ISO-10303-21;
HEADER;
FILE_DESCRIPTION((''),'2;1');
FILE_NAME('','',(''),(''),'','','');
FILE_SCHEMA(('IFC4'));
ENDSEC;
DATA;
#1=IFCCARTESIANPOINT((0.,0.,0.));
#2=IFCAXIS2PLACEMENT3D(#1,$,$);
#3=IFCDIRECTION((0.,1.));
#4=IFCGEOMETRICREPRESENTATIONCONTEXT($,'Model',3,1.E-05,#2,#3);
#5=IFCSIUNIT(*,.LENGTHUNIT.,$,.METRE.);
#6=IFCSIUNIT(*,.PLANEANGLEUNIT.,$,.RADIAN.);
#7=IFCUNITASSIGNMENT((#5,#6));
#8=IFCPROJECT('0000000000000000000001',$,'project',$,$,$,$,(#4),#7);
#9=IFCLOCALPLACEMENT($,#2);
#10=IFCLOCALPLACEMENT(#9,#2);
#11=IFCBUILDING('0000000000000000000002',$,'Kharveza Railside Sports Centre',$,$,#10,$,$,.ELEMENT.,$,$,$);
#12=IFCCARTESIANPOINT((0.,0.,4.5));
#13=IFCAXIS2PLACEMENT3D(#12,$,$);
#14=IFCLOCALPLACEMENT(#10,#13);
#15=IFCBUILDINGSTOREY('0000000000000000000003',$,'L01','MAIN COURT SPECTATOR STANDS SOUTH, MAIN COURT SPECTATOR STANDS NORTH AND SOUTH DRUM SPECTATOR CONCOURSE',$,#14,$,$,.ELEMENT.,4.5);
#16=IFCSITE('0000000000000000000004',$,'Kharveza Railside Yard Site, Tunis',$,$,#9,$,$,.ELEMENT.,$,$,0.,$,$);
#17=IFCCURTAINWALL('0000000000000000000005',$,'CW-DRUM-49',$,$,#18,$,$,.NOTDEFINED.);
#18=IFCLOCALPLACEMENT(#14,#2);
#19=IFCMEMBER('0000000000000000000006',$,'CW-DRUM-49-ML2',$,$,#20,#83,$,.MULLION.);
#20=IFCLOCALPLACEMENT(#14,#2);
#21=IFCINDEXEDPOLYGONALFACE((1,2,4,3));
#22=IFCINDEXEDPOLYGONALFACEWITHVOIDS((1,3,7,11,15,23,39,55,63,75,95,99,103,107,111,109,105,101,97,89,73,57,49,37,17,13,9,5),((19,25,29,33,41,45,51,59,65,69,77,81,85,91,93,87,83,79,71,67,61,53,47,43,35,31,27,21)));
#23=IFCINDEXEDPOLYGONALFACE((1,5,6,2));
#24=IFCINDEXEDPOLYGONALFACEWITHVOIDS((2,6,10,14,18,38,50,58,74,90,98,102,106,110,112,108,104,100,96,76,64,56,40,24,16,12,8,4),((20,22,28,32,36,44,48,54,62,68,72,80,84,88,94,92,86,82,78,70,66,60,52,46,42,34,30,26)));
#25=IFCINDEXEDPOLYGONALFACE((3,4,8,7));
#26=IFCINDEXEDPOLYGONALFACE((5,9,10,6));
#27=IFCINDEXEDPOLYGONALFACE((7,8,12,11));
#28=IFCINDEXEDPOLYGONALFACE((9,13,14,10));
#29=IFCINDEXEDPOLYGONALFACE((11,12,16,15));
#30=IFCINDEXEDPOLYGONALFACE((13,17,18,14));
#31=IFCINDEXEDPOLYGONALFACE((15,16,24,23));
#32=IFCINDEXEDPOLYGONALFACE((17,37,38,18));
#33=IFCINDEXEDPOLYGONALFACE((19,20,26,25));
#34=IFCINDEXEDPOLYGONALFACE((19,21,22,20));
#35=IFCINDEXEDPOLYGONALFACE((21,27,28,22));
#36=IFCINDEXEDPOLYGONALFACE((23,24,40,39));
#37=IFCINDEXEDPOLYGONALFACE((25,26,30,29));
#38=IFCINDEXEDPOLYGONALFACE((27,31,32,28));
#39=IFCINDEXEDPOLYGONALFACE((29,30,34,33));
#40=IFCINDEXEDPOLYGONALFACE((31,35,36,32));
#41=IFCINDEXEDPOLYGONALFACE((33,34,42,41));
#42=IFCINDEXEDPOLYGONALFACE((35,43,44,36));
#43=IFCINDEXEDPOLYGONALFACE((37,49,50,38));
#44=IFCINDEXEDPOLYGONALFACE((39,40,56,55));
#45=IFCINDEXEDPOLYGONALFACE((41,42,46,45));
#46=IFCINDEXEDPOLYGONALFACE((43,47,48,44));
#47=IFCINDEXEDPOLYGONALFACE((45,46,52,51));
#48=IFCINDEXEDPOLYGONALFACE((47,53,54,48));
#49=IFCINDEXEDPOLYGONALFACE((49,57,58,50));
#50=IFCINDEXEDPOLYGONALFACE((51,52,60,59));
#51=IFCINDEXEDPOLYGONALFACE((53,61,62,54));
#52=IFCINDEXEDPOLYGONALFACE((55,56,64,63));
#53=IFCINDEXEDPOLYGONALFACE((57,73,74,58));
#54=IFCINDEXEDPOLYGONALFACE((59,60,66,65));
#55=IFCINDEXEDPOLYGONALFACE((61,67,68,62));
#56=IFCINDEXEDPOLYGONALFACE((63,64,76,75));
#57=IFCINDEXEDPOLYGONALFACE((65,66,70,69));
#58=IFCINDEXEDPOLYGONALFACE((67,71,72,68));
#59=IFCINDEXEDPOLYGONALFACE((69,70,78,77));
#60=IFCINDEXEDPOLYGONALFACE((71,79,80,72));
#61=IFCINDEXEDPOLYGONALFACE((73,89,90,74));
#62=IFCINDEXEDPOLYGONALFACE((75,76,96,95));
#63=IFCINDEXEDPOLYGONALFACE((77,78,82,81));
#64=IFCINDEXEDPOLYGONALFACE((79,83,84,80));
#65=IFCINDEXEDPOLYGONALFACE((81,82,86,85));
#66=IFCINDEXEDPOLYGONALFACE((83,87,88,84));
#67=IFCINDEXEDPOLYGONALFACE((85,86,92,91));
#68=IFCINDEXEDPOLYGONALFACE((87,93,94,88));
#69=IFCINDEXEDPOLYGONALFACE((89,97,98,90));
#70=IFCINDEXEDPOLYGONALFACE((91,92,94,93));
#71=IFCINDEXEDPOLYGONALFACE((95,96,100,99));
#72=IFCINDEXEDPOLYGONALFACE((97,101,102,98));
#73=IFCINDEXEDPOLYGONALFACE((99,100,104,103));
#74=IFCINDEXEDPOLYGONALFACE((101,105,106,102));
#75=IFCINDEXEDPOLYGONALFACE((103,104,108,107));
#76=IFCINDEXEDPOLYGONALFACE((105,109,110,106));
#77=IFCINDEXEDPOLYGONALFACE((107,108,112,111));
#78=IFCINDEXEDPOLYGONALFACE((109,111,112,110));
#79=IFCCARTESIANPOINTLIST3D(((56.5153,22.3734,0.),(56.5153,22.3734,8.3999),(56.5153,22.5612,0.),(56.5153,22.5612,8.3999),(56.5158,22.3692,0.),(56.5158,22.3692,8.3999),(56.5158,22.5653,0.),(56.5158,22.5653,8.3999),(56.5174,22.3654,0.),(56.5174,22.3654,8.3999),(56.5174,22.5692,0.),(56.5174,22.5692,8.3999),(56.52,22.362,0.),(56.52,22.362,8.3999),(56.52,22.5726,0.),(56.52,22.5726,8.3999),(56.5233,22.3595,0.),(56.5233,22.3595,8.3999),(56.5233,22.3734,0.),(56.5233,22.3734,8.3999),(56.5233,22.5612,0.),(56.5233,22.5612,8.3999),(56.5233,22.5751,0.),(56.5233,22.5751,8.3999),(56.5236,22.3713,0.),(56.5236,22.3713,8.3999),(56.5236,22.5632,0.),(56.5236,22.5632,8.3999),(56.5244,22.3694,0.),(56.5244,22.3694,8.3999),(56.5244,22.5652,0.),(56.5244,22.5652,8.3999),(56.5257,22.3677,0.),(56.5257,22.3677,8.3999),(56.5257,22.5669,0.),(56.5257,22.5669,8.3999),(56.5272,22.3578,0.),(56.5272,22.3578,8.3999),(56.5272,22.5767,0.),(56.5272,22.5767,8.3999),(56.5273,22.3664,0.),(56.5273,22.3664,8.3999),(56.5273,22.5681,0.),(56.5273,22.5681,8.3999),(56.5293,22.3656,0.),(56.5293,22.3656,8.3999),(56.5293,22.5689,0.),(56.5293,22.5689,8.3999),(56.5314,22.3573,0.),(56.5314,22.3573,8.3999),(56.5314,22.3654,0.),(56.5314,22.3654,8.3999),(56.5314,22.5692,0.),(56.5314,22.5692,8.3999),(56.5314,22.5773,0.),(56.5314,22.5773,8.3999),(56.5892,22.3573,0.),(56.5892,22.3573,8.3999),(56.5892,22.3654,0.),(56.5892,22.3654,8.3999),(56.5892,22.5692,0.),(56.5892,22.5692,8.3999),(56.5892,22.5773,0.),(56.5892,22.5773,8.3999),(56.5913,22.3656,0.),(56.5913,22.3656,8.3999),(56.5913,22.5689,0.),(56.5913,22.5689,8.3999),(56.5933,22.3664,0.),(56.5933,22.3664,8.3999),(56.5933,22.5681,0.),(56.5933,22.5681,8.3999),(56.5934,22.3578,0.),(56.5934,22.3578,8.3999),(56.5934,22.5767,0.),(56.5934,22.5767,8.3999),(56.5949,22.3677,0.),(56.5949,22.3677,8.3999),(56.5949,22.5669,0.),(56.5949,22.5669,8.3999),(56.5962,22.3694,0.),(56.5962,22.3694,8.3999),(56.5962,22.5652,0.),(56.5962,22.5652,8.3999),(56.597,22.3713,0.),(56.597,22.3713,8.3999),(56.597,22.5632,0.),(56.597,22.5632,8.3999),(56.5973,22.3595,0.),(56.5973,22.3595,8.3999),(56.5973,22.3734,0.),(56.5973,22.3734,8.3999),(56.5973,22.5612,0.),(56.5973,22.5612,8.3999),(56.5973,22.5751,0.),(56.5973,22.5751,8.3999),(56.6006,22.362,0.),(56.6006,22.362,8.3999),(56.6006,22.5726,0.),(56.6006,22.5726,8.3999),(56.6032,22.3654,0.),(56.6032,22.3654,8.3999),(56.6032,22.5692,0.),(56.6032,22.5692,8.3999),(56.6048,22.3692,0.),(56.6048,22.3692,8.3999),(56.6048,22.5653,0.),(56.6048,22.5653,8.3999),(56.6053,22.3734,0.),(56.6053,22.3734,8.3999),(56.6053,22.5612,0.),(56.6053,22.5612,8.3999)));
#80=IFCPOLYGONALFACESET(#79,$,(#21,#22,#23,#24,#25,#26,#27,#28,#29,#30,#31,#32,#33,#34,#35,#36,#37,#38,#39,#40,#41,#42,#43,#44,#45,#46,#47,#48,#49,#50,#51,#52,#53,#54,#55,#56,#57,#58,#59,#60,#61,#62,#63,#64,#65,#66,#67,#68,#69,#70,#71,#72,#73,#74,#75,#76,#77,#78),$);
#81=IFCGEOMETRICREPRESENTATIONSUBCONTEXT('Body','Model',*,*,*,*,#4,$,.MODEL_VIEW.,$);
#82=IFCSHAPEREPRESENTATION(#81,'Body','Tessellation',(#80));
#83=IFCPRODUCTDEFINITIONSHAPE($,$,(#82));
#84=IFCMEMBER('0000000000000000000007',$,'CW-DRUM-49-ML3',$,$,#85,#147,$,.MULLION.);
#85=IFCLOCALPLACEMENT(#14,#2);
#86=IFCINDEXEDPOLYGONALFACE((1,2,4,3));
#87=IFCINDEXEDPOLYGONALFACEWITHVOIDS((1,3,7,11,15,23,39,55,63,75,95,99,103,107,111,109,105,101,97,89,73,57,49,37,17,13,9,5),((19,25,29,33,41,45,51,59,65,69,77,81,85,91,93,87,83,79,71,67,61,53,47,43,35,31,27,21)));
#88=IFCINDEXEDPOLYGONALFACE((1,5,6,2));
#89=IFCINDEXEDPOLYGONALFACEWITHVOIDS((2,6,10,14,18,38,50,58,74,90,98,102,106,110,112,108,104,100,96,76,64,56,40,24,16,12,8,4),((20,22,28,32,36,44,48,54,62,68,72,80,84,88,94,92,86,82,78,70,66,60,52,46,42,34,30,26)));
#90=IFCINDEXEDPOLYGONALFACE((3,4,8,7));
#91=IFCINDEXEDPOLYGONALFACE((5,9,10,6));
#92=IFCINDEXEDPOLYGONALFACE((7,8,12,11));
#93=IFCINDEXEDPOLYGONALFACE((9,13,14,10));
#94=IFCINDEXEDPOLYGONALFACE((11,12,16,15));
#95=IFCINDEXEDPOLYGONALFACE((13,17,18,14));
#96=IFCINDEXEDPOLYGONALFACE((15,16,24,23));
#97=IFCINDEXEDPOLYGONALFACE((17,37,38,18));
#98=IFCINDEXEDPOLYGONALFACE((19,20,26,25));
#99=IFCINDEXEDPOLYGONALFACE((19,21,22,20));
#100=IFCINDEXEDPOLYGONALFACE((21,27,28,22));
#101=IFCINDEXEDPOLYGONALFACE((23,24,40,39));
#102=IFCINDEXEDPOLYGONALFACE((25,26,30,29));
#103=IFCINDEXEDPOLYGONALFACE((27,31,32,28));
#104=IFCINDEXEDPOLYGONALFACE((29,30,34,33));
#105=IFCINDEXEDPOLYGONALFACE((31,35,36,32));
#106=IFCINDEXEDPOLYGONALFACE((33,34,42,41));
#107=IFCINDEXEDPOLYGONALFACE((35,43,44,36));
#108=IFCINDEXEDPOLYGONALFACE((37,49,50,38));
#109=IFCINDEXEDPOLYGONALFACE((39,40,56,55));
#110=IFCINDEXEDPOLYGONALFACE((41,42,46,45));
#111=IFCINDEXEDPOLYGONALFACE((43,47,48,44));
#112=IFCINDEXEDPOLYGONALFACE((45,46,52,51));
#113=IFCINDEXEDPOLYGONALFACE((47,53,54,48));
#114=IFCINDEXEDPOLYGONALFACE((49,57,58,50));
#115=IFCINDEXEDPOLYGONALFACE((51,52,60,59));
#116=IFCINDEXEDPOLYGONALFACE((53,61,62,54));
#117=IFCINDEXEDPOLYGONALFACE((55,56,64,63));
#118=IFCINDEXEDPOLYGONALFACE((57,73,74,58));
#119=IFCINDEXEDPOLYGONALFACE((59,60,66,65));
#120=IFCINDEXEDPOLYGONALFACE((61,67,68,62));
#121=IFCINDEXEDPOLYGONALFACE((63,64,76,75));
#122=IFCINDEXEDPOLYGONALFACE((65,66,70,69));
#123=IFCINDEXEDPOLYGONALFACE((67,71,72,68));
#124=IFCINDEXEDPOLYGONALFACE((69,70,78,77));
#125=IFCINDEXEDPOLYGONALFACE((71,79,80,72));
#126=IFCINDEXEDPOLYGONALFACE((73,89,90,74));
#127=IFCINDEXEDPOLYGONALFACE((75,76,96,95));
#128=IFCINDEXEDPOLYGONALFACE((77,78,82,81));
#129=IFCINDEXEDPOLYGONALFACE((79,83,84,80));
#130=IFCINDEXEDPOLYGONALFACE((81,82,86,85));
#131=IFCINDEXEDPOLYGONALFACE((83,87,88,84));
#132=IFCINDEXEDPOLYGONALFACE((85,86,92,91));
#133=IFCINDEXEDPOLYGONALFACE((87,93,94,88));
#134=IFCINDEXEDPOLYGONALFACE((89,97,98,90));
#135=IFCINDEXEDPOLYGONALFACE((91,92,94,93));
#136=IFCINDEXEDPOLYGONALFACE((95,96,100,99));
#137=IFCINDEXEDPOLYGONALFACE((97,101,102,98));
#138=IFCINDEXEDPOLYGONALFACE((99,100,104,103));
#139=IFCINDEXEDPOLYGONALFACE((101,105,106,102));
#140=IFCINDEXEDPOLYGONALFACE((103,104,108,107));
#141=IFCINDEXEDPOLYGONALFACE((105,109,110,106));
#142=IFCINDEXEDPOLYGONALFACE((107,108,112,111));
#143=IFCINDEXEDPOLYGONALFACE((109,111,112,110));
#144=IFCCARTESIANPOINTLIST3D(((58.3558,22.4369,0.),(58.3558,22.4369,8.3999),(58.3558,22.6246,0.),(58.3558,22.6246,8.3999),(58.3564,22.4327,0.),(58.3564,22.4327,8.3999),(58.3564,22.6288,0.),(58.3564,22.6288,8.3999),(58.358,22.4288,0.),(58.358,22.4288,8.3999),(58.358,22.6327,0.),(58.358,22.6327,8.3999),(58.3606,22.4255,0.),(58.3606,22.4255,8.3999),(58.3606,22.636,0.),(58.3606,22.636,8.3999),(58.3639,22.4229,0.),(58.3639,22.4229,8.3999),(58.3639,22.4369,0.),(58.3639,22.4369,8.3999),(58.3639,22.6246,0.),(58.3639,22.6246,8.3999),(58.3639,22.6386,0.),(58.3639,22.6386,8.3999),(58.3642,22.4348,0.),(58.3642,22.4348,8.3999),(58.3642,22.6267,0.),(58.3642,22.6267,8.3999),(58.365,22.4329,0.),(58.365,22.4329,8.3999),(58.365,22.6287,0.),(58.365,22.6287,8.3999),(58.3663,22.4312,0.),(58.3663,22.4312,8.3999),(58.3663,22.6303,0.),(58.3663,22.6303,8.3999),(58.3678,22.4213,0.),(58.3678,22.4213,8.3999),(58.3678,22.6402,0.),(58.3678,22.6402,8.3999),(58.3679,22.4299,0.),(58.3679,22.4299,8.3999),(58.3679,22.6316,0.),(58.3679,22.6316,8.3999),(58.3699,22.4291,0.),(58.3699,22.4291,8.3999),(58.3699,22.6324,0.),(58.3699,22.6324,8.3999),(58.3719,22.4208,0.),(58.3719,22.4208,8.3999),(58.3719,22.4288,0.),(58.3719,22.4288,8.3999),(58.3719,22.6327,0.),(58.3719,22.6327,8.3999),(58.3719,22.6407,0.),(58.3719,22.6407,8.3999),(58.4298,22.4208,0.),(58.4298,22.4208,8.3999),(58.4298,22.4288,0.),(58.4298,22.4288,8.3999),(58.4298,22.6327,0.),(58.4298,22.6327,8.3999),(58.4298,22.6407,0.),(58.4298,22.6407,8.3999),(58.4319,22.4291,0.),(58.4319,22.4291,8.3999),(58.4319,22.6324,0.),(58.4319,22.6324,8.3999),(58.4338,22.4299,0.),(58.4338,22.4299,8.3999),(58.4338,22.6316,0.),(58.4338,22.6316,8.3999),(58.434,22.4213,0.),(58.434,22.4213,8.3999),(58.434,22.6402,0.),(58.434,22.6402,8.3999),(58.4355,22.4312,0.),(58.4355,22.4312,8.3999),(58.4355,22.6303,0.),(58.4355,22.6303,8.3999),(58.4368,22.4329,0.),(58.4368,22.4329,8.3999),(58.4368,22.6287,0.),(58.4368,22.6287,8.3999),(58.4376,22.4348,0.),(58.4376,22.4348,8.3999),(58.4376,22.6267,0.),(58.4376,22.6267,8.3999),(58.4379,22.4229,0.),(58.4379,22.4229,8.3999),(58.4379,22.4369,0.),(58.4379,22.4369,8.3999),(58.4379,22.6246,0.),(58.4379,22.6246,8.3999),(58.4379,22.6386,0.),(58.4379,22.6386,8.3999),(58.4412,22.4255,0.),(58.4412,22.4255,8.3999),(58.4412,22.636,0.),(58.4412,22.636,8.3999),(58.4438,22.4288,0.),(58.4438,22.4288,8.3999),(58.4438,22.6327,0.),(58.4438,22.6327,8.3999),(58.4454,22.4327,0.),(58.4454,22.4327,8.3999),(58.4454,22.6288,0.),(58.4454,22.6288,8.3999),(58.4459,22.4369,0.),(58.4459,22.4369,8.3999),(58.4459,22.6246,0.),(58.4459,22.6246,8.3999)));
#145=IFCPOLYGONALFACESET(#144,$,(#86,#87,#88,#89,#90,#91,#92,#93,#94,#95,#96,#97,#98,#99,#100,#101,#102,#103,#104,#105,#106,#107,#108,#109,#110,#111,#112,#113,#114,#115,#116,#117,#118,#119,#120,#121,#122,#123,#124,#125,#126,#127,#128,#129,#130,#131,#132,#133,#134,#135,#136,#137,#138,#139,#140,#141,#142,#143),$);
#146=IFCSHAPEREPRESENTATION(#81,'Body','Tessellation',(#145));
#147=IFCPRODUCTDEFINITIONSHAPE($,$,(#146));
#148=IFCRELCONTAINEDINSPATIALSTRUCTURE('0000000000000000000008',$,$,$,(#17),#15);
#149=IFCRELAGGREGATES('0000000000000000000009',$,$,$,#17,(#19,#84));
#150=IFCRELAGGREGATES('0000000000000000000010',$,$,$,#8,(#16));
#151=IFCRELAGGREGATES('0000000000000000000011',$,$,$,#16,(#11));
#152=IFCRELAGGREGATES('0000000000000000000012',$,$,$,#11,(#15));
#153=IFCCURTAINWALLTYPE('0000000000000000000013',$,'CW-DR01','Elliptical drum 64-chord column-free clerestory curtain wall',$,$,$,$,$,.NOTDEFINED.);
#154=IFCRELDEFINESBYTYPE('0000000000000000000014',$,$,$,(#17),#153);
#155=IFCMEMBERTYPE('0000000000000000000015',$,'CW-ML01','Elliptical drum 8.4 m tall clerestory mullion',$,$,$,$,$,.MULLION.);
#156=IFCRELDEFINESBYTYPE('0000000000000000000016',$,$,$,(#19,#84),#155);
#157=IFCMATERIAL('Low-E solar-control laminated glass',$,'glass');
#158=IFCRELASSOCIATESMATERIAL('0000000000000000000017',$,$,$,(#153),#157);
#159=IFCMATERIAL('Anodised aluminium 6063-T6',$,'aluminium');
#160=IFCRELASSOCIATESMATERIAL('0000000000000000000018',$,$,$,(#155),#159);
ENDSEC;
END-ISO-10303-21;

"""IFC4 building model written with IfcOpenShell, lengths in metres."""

from ifc_helpers import new_model, si_unit, direction, frame, origin, origin_2d, place, context, subcontext, project, spatial, hollow_rectangle, extrude, material, material_profile, profile_set, type_object, element, aggregate, save


model = new_model("IFC4")

# Units and contexts
model_context = context("Model", 3, precision=1e-05, world=origin(), true_north=direction((0.0, 1.0)))
body_context = subcontext(model_context, "Body", "Model", "MODEL_VIEW")
ifc_project = project(units=[si_unit("LENGTHUNIT", "METRE"), si_unit("PLANEANGLEUNIT", "RADIAN")], contexts=[model_context])

# Site, building, storey
site_placement = place(None, origin())
site = spatial("IfcSite", under=ifc_project, at=site_placement, Name="Kharveza Railside Yard Site, Tunis", CompositionType="ELEMENT", RefElevation=0.0)
building_placement = place(site_placement, origin())
building = spatial("IfcBuilding", under=site, at=building_placement, Name="Kharveza Railside Sports Centre", CompositionType="ELEMENT")
storey_placement = place(building_placement, frame((0.0, 0.0, 4.5)))
storey = spatial("IfcBuildingStorey", under=building, at=storey_placement, Name="L01", Description="MAIN COURT SPECTATOR STANDS SOUTH, MAIN COURT SPECTATOR STANDS NORTH AND SOUTH DRUM SPECTATOR CONCOURSE", CompositionType="ELEMENT", Elevation=4.5)

# Shared definitions
ifc_material_1 = material(Name="Low-E solar-control laminated glass", Category="glass")
curtain_wall_type = type_object("IfcCurtainWallType", Name="CW-DR01", Description="Elliptical drum 64-chord column-free clerestory curtain wall", PredefinedType="NOTDEFINED", material=ifc_material_1)
ifc_material_2 = material(Name="Anodised aluminium 6063-T6", Category="aluminium")
ifc_material_profile_1 = material_profile(ifc_material_2, hollow_rectangle(XDim=0.0901, YDim=0.22, WallThickness=0.0081, InnerFilletRadius=0.0081, OuterFilletRadius=0.0161, at=origin_2d()), Name="RHS 90x220x8.0")
ifc_profile_set_1 = profile_set([ifc_material_profile_1], Name="Anodised aluminium 6063-T6")
member_type_1 = type_object("IfcMemberType", Name="CW-ML01", Description="Elliptical drum 8.4 m tall clerestory mullion", PredefinedType="MULLION", material=ifc_profile_set_1)

# Curtain wall, members
curtain_wall_1_placement = place(storey_placement, origin())
curtain_wall_1 = element("IfcCurtainWall", 1, at=curtain_wall_1_placement, inside=storey, type_object=curtain_wall_type, Name="CW-DRUM-49", PredefinedType="NOTDEFINED")
member_1_placement = place(storey_placement, frame((56.5603, 22.4673, 0.0), z_axis=(0.0, 0.0, 1.0), x_axis=(1.0, 0.0, 0.0)))
member_1 = element("IfcMember", 2, at=member_1_placement, type_object=member_type_1, Name="CW-DRUM-49-ML2", PredefinedType="MULLION", context=body_context, shape_type="SweptSolid", body=[
    extrude(hollow_rectangle(XDim=0.0901, YDim=0.22, WallThickness=0.0081, InnerFilletRadius=0.0081, OuterFilletRadius=0.0161, at=origin_2d()), origin(), (0.0, 0.0, 1.0), 8.3999),
])
member_2_placement = place(storey_placement, frame((58.4009, 22.5308, 0.0), z_axis=(0.0, 0.0, 1.0), x_axis=(1.0, 0.0, 0.0)))
member_2 = element("IfcMember", 3, at=member_2_placement, type_object=member_type_1, Name="CW-DRUM-49-ML3", PredefinedType="MULLION", context=body_context, shape_type="SweptSolid", body=[
    extrude(hollow_rectangle(XDim=0.0901, YDim=0.22, WallThickness=0.0081, InnerFilletRadius=0.0081, OuterFilletRadius=0.0161, at=origin_2d()), origin(), (0.0, 0.0, 1.0), 8.3999),
])

aggregate(curtain_wall_1, [member_1, member_2])

save(model, "model.ifc")
